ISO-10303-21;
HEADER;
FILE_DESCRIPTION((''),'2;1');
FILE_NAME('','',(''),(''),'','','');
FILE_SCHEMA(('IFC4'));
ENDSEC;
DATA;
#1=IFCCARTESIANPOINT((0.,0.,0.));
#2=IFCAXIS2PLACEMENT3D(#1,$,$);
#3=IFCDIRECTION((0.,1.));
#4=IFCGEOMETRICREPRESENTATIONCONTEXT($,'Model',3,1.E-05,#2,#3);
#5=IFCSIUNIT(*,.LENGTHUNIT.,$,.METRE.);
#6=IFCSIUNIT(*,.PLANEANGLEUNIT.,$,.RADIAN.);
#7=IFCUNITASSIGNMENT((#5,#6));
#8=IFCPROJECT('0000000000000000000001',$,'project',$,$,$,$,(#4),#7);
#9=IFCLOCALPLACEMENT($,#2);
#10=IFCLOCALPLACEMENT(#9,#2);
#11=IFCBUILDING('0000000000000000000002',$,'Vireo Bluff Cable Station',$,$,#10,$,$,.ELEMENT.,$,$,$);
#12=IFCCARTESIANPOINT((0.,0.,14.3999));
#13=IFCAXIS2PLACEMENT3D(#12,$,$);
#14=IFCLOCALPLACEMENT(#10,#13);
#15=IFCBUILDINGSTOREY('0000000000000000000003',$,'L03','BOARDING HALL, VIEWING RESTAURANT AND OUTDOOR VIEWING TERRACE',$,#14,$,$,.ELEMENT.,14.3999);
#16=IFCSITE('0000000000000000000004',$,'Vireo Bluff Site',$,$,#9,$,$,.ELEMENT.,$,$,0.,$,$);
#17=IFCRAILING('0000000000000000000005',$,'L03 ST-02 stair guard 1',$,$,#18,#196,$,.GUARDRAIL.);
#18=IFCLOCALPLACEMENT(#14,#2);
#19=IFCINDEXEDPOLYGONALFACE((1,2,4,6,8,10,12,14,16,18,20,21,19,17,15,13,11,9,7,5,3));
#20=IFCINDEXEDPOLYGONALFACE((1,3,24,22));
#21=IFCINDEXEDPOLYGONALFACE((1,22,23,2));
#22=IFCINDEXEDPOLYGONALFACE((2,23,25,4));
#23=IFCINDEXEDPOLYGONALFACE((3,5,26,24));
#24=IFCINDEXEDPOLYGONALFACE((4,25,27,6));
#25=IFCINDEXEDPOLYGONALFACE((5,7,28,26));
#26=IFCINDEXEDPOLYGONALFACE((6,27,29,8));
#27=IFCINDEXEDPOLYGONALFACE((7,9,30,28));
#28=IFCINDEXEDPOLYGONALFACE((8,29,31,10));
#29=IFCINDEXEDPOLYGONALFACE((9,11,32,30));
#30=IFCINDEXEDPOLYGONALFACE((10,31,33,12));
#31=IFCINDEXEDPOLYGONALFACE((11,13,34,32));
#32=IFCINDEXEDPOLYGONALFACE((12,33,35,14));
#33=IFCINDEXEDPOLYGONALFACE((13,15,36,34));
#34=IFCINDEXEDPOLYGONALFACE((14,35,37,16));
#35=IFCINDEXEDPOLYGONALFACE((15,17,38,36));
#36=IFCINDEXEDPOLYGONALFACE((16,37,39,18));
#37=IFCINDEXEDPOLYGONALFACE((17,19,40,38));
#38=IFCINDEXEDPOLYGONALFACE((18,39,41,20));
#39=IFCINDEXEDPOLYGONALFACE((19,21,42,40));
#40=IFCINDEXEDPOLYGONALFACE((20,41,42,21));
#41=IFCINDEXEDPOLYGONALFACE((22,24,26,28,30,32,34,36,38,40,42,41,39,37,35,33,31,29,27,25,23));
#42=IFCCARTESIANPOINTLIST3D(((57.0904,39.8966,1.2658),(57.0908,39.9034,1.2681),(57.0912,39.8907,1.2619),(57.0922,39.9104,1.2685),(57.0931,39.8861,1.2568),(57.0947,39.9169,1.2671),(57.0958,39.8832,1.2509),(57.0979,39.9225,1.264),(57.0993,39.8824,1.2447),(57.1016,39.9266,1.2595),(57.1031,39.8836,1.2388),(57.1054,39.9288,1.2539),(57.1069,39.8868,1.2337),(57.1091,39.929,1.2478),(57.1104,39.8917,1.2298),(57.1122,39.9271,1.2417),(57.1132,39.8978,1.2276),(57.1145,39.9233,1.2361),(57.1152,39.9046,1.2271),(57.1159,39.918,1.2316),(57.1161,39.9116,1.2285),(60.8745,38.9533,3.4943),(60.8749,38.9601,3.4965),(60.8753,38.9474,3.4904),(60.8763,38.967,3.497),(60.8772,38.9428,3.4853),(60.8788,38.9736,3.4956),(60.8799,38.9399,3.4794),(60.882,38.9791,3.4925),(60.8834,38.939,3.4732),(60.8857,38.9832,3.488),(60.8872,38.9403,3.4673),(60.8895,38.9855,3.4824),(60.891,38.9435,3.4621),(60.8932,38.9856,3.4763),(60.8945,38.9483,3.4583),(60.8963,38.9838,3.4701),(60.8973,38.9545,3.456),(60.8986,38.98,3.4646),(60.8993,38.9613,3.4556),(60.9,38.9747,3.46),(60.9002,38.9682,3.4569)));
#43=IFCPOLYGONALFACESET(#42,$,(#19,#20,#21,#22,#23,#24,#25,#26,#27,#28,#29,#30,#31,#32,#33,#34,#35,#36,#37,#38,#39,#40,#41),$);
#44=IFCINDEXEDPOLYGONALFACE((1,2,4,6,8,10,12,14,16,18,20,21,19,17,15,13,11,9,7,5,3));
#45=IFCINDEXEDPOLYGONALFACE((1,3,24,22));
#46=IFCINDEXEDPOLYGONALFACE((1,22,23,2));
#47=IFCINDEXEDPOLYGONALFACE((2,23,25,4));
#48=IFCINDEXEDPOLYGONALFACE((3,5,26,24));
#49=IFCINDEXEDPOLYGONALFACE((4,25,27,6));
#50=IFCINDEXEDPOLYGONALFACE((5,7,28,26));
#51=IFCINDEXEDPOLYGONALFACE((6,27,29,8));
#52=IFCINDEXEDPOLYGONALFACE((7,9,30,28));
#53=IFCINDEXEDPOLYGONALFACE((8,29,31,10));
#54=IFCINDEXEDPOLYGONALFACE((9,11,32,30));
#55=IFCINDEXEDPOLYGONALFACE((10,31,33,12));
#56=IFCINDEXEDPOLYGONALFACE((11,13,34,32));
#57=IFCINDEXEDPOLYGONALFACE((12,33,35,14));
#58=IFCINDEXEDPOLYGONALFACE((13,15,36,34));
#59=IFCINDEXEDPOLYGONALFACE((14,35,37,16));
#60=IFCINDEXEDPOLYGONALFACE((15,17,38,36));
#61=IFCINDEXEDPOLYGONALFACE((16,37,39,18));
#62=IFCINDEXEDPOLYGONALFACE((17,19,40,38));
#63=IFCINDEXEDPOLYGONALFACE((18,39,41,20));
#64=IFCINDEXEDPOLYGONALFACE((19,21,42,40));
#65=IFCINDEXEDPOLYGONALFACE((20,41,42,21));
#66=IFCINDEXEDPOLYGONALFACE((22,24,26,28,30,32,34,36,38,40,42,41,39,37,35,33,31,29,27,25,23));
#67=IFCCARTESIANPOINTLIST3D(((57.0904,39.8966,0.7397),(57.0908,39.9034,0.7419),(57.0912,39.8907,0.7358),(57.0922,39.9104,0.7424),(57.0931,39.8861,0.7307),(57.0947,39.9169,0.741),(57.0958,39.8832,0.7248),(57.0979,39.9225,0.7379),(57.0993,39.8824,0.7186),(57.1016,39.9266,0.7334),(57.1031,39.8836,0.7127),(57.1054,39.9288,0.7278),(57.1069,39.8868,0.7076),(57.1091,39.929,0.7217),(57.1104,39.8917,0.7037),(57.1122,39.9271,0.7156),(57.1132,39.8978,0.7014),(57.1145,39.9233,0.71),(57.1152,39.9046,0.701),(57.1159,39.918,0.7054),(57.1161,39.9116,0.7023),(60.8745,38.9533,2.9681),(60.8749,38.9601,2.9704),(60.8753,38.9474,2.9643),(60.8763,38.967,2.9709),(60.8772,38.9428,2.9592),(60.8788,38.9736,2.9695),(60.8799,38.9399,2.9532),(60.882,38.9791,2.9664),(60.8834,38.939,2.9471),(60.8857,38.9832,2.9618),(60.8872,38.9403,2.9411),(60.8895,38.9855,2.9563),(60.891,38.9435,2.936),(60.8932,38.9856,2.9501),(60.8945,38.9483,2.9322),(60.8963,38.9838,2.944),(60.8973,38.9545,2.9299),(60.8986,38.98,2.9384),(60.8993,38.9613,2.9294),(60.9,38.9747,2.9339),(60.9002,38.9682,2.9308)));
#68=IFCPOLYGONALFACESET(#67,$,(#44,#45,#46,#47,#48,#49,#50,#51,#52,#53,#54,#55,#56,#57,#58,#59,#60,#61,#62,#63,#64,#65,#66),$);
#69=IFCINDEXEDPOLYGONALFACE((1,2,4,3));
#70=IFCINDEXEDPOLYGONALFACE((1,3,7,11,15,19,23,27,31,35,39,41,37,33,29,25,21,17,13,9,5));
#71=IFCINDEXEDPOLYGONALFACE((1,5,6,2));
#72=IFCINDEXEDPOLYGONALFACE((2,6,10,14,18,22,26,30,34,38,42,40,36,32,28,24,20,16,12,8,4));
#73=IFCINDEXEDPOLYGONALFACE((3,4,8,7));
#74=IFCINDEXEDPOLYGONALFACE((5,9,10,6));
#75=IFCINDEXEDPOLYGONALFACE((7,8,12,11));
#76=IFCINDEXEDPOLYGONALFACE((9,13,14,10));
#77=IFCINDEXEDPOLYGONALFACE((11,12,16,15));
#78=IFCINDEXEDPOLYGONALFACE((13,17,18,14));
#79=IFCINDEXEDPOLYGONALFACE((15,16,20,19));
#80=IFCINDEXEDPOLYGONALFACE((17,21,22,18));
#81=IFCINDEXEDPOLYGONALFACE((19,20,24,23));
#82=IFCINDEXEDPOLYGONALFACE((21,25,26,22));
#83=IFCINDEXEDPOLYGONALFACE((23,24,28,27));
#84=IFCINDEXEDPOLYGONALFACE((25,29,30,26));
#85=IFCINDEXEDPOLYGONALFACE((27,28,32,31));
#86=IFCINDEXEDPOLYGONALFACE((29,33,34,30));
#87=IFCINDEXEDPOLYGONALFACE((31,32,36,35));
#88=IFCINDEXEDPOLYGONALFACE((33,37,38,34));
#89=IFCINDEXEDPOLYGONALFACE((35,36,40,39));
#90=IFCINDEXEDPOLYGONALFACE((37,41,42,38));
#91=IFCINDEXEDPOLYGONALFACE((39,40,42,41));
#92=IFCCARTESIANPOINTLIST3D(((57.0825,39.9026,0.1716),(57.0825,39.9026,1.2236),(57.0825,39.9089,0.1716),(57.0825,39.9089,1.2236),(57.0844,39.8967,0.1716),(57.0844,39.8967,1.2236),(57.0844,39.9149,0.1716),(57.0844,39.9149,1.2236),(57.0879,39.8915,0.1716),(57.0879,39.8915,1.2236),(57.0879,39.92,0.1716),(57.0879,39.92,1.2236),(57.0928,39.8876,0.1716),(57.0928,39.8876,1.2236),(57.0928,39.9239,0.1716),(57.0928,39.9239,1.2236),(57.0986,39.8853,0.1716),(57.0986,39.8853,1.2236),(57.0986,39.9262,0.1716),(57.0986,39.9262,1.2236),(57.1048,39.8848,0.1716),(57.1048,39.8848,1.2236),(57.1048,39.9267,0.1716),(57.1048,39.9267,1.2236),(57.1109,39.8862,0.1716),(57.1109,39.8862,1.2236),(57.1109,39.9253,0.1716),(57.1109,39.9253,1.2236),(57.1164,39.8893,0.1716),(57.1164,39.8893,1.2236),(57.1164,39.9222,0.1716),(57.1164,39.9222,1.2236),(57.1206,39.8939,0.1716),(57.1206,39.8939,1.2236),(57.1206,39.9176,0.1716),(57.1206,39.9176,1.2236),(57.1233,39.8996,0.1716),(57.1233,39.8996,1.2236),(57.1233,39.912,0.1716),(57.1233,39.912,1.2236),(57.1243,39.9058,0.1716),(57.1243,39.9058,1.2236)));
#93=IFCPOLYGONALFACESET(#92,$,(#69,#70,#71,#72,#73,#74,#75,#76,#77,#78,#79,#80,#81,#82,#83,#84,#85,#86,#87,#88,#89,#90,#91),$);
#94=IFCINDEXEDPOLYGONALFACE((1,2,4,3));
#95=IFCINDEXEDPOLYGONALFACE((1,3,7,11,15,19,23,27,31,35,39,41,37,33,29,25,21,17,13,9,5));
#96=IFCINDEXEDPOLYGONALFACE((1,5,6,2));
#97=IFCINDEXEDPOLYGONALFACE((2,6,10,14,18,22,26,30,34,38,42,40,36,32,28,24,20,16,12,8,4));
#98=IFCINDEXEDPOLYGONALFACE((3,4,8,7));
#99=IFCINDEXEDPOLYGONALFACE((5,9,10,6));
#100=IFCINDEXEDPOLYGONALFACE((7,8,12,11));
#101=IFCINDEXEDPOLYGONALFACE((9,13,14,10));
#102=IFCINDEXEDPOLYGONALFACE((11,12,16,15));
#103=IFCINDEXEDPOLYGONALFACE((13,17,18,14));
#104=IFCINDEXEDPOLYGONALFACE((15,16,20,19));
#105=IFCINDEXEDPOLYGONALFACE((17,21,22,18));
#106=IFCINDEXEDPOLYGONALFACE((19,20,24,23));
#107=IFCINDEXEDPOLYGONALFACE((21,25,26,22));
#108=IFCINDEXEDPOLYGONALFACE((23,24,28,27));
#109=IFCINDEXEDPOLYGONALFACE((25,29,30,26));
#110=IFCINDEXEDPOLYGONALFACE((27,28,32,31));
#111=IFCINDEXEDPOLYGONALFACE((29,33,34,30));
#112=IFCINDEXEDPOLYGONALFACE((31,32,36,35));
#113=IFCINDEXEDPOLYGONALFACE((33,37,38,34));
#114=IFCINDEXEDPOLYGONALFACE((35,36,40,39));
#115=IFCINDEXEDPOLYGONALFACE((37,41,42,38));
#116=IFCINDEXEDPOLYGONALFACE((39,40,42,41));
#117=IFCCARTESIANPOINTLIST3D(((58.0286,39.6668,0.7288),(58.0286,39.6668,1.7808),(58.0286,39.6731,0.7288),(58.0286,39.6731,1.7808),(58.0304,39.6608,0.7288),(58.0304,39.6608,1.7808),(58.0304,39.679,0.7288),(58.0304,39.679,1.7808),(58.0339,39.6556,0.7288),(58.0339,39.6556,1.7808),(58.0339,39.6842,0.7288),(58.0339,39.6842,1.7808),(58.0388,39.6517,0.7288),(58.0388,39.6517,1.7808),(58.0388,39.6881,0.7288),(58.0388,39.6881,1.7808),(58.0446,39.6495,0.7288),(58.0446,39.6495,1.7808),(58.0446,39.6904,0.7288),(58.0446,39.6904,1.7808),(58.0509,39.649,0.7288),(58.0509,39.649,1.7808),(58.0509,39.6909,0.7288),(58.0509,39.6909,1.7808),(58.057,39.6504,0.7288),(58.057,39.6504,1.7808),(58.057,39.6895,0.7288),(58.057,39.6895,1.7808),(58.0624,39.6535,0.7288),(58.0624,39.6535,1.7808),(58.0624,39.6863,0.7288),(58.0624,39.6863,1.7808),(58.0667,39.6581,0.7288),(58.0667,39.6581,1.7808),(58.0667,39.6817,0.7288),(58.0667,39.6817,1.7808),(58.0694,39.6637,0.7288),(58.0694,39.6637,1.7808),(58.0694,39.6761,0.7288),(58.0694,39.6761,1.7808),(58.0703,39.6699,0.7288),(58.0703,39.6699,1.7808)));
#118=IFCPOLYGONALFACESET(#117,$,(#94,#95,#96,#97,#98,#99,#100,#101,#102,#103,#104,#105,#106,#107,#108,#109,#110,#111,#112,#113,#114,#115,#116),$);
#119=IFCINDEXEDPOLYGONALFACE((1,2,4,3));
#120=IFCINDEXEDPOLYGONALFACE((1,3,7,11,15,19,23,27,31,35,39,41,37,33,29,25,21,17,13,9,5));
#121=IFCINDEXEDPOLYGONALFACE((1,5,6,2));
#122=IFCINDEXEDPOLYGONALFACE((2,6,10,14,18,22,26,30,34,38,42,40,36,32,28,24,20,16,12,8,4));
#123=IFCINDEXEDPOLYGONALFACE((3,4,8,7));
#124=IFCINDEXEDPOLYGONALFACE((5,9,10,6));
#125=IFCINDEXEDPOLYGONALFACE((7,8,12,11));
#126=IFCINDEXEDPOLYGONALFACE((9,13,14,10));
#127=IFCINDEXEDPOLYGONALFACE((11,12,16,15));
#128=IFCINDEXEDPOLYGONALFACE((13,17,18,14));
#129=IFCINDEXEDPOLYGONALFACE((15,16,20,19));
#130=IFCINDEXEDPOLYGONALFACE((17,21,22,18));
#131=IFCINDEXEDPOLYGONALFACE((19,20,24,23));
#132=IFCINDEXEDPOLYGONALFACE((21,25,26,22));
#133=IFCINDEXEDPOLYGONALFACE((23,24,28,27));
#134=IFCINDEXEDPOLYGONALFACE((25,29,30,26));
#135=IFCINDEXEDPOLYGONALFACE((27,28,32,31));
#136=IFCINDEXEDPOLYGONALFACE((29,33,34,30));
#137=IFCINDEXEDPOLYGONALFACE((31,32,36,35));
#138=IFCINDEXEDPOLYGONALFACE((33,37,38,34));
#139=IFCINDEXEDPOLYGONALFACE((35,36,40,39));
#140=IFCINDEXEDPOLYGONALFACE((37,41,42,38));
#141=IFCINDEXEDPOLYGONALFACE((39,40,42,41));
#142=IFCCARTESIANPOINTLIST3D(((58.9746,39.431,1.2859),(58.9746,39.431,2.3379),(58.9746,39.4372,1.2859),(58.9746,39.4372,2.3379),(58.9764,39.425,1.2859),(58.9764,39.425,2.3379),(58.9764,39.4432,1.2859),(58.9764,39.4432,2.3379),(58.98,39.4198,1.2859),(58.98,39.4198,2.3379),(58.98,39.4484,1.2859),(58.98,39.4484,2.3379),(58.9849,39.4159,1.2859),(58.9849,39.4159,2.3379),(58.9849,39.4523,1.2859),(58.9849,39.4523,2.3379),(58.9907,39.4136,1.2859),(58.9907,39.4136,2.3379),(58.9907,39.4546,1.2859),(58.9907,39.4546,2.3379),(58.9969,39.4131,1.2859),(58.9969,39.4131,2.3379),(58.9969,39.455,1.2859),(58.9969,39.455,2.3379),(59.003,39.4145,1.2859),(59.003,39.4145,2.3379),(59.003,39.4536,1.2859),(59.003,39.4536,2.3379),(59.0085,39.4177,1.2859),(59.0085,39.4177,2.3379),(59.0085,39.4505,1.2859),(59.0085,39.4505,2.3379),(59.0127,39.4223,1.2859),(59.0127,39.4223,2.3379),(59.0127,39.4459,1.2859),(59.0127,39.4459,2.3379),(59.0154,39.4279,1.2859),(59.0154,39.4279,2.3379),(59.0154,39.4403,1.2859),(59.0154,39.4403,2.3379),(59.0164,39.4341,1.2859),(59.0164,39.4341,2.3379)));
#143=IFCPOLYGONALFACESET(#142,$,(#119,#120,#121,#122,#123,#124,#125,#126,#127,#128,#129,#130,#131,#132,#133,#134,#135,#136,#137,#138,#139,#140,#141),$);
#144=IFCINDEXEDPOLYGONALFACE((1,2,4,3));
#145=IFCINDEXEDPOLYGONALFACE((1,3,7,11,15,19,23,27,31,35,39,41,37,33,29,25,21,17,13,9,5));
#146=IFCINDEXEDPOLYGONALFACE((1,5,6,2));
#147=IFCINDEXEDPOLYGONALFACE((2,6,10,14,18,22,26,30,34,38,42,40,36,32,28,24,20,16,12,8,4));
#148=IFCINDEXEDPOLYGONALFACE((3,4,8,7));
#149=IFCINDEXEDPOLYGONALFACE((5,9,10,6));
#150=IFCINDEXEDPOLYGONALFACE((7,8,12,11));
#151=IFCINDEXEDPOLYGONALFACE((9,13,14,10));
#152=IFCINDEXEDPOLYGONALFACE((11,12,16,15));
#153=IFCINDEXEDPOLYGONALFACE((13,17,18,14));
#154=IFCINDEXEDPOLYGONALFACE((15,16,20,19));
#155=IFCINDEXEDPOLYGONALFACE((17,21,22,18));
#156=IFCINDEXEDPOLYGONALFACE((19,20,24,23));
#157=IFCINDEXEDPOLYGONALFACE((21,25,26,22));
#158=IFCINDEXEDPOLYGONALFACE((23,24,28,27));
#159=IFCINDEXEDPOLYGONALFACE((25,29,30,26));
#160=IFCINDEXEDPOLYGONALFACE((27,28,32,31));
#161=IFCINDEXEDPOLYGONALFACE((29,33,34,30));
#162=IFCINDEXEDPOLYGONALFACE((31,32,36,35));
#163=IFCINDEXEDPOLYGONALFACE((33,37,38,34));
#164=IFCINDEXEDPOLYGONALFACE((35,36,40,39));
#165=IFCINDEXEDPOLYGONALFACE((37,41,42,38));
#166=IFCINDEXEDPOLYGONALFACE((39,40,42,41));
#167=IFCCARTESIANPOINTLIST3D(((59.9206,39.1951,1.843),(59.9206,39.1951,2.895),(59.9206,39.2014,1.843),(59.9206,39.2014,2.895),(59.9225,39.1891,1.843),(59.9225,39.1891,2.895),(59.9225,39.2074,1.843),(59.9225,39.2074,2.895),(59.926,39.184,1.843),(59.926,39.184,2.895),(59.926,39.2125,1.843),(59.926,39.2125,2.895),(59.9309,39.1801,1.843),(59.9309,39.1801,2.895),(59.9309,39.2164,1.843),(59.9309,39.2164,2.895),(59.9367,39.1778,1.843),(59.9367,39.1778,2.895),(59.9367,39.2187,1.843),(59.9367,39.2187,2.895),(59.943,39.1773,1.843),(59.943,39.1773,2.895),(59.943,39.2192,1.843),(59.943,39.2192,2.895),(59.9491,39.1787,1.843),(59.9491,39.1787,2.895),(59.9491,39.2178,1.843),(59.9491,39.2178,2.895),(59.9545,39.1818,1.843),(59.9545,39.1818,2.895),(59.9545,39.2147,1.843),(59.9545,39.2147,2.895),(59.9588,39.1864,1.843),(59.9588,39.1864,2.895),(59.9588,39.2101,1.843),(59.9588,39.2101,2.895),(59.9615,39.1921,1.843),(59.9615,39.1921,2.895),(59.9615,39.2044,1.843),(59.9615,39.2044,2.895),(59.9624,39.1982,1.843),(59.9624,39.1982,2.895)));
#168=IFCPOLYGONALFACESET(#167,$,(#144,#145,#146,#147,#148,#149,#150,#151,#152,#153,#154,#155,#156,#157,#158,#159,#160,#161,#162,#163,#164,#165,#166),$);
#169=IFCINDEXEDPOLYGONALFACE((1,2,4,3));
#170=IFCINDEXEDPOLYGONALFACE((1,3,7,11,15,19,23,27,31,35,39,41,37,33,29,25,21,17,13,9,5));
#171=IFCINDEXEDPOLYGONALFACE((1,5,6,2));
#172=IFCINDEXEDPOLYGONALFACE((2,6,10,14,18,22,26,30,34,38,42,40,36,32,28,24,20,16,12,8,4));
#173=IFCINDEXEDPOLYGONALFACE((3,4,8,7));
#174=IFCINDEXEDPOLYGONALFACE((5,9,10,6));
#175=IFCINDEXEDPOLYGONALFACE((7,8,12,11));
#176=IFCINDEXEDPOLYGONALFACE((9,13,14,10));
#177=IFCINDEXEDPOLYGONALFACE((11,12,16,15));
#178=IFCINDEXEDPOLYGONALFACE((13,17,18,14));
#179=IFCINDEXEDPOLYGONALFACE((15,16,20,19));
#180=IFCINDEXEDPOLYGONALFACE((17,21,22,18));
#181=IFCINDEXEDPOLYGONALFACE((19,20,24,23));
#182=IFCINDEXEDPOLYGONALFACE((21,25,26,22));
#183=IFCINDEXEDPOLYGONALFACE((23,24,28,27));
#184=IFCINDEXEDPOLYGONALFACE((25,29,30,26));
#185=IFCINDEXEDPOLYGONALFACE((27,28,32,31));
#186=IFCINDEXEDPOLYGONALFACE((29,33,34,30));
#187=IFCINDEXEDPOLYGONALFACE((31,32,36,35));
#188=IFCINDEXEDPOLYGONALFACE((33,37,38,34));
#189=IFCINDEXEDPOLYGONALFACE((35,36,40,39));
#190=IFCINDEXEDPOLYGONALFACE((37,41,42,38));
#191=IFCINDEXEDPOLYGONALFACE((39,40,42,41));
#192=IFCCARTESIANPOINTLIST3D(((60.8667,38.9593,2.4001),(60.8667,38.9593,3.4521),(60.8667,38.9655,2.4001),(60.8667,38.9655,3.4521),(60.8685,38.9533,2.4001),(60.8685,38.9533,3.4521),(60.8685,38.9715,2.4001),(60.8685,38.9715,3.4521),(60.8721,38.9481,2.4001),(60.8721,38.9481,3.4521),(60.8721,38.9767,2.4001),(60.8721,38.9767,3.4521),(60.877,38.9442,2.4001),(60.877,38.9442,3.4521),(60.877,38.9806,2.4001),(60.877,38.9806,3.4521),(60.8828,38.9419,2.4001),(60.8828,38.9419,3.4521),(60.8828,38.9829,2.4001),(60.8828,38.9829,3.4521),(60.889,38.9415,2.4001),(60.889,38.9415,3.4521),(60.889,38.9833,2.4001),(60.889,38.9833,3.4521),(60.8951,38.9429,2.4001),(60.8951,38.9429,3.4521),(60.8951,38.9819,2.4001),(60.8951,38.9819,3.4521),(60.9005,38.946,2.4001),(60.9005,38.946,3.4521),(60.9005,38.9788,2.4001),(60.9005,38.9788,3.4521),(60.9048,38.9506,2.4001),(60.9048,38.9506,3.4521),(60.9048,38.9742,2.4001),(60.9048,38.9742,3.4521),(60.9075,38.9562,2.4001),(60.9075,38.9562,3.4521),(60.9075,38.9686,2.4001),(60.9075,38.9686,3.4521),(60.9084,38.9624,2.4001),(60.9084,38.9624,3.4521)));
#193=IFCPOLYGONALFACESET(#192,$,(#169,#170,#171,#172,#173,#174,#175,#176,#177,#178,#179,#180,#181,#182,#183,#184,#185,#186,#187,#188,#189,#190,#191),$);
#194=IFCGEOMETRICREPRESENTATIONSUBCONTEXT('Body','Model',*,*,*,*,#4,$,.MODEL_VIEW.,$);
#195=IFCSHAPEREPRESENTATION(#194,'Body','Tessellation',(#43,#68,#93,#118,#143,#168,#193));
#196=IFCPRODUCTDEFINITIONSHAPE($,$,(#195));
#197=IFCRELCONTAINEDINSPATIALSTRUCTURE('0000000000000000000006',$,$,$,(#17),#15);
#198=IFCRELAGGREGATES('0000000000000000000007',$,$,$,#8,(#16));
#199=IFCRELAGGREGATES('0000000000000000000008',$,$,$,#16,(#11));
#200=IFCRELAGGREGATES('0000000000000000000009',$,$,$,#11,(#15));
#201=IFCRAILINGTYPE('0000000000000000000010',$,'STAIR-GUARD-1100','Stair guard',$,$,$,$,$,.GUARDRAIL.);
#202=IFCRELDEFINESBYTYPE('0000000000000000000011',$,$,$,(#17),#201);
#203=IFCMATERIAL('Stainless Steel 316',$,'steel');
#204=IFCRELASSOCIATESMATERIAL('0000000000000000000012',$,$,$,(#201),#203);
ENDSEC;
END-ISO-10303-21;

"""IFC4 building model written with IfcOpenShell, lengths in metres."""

from ifc_helpers import new_model, si_unit, direction, frame, origin, origin_2d, place, context, subcontext, project, spatial, circle, extrude, material, type_object, element, save


model = new_model("IFC4")

# Units and contexts
model_context = context("Model", 3, precision=1e-05, world=origin(), true_north=direction((0.0, 1.0)))
body_context = subcontext(model_context, "Body", "Model", "MODEL_VIEW")
ifc_project = project(units=[si_unit("LENGTHUNIT", "METRE"), si_unit("PLANEANGLEUNIT", "RADIAN")], contexts=[model_context])

# Site, building, storey
site_placement = place(None, origin())
site = spatial("IfcSite", under=ifc_project, at=site_placement, Name="Vireo Bluff Site", CompositionType="ELEMENT", RefElevation=0.0)
building_placement = place(site_placement, origin())
building = spatial("IfcBuilding", under=site, at=building_placement, Name="Vireo Bluff Cable Station", CompositionType="ELEMENT")
storey_placement = place(building_placement, frame((0.0, 0.0, 14.3999)))
storey = spatial("IfcBuildingStorey", under=building, at=storey_placement, Name="L03", Description="BOARDING HALL, VIEWING RESTAURANT AND OUTDOOR VIEWING TERRACE", CompositionType="ELEMENT", Elevation=14.3999)

# Shared definitions
ifc_material_1 = material(Name="Stainless Steel 316", Category="steel")

# Railing
railing_type_1 = type_object("IfcRailingType", Name="STAIR-GUARD-1100", Description="Stair guard", PredefinedType="GUARDRAIL", material=ifc_material_1)
railing_1_placement = place(storey_placement, frame((57.1033, 39.9058, 0.1716)))
element("IfcRailing", 1, at=railing_1_placement, inside=storey, type_object=railing_type_1, Name="L03 ST-02 stair guard 1", PredefinedType="GUARDRAIL", context=body_context, shape_type="SweptSolid", body=[
    extrude(circle(Radius=0.0239, at=origin_2d()), frame((0.0, 0.0, 1.0762), z_axis=(0.842465, -0.210018, 0.49613), x_axis=(0.241887, 0.970304, 0.0)), (0.0, 0.0, 1.0), 4.4917),
    extrude(circle(Radius=0.0239, at=origin_2d()), frame((0.0, 0.0, 0.55), z_axis=(0.842465, -0.210018, 0.49613), x_axis=(0.241887, 0.970304, 0.0)), (0.0, 0.0, 1.0), 4.4917),
    extrude(circle(Radius=0.021, at=origin_2d()), origin(), (0.0, 0.0, 1.0), 1.052),
    extrude(circle(Radius=0.021, at=origin_2d()), frame((0.946, -0.2358, 0.5571)), (0.0, 0.0, 1.0), 1.052),
    extrude(circle(Radius=0.021, at=origin_2d()), frame((1.8921, -0.4717, 1.1143)), (0.0, 0.0, 1.0), 1.052),
    extrude(circle(Radius=0.021, at=origin_2d()), frame((2.8381, -0.7075, 1.6714)), (0.0, 0.0, 1.0), 1.052),
    extrude(circle(Radius=0.021, at=origin_2d()), frame((3.7842, -0.9434, 2.2285)), (0.0, 0.0, 1.0), 1.052),
])

save(model, "model.ifc")
